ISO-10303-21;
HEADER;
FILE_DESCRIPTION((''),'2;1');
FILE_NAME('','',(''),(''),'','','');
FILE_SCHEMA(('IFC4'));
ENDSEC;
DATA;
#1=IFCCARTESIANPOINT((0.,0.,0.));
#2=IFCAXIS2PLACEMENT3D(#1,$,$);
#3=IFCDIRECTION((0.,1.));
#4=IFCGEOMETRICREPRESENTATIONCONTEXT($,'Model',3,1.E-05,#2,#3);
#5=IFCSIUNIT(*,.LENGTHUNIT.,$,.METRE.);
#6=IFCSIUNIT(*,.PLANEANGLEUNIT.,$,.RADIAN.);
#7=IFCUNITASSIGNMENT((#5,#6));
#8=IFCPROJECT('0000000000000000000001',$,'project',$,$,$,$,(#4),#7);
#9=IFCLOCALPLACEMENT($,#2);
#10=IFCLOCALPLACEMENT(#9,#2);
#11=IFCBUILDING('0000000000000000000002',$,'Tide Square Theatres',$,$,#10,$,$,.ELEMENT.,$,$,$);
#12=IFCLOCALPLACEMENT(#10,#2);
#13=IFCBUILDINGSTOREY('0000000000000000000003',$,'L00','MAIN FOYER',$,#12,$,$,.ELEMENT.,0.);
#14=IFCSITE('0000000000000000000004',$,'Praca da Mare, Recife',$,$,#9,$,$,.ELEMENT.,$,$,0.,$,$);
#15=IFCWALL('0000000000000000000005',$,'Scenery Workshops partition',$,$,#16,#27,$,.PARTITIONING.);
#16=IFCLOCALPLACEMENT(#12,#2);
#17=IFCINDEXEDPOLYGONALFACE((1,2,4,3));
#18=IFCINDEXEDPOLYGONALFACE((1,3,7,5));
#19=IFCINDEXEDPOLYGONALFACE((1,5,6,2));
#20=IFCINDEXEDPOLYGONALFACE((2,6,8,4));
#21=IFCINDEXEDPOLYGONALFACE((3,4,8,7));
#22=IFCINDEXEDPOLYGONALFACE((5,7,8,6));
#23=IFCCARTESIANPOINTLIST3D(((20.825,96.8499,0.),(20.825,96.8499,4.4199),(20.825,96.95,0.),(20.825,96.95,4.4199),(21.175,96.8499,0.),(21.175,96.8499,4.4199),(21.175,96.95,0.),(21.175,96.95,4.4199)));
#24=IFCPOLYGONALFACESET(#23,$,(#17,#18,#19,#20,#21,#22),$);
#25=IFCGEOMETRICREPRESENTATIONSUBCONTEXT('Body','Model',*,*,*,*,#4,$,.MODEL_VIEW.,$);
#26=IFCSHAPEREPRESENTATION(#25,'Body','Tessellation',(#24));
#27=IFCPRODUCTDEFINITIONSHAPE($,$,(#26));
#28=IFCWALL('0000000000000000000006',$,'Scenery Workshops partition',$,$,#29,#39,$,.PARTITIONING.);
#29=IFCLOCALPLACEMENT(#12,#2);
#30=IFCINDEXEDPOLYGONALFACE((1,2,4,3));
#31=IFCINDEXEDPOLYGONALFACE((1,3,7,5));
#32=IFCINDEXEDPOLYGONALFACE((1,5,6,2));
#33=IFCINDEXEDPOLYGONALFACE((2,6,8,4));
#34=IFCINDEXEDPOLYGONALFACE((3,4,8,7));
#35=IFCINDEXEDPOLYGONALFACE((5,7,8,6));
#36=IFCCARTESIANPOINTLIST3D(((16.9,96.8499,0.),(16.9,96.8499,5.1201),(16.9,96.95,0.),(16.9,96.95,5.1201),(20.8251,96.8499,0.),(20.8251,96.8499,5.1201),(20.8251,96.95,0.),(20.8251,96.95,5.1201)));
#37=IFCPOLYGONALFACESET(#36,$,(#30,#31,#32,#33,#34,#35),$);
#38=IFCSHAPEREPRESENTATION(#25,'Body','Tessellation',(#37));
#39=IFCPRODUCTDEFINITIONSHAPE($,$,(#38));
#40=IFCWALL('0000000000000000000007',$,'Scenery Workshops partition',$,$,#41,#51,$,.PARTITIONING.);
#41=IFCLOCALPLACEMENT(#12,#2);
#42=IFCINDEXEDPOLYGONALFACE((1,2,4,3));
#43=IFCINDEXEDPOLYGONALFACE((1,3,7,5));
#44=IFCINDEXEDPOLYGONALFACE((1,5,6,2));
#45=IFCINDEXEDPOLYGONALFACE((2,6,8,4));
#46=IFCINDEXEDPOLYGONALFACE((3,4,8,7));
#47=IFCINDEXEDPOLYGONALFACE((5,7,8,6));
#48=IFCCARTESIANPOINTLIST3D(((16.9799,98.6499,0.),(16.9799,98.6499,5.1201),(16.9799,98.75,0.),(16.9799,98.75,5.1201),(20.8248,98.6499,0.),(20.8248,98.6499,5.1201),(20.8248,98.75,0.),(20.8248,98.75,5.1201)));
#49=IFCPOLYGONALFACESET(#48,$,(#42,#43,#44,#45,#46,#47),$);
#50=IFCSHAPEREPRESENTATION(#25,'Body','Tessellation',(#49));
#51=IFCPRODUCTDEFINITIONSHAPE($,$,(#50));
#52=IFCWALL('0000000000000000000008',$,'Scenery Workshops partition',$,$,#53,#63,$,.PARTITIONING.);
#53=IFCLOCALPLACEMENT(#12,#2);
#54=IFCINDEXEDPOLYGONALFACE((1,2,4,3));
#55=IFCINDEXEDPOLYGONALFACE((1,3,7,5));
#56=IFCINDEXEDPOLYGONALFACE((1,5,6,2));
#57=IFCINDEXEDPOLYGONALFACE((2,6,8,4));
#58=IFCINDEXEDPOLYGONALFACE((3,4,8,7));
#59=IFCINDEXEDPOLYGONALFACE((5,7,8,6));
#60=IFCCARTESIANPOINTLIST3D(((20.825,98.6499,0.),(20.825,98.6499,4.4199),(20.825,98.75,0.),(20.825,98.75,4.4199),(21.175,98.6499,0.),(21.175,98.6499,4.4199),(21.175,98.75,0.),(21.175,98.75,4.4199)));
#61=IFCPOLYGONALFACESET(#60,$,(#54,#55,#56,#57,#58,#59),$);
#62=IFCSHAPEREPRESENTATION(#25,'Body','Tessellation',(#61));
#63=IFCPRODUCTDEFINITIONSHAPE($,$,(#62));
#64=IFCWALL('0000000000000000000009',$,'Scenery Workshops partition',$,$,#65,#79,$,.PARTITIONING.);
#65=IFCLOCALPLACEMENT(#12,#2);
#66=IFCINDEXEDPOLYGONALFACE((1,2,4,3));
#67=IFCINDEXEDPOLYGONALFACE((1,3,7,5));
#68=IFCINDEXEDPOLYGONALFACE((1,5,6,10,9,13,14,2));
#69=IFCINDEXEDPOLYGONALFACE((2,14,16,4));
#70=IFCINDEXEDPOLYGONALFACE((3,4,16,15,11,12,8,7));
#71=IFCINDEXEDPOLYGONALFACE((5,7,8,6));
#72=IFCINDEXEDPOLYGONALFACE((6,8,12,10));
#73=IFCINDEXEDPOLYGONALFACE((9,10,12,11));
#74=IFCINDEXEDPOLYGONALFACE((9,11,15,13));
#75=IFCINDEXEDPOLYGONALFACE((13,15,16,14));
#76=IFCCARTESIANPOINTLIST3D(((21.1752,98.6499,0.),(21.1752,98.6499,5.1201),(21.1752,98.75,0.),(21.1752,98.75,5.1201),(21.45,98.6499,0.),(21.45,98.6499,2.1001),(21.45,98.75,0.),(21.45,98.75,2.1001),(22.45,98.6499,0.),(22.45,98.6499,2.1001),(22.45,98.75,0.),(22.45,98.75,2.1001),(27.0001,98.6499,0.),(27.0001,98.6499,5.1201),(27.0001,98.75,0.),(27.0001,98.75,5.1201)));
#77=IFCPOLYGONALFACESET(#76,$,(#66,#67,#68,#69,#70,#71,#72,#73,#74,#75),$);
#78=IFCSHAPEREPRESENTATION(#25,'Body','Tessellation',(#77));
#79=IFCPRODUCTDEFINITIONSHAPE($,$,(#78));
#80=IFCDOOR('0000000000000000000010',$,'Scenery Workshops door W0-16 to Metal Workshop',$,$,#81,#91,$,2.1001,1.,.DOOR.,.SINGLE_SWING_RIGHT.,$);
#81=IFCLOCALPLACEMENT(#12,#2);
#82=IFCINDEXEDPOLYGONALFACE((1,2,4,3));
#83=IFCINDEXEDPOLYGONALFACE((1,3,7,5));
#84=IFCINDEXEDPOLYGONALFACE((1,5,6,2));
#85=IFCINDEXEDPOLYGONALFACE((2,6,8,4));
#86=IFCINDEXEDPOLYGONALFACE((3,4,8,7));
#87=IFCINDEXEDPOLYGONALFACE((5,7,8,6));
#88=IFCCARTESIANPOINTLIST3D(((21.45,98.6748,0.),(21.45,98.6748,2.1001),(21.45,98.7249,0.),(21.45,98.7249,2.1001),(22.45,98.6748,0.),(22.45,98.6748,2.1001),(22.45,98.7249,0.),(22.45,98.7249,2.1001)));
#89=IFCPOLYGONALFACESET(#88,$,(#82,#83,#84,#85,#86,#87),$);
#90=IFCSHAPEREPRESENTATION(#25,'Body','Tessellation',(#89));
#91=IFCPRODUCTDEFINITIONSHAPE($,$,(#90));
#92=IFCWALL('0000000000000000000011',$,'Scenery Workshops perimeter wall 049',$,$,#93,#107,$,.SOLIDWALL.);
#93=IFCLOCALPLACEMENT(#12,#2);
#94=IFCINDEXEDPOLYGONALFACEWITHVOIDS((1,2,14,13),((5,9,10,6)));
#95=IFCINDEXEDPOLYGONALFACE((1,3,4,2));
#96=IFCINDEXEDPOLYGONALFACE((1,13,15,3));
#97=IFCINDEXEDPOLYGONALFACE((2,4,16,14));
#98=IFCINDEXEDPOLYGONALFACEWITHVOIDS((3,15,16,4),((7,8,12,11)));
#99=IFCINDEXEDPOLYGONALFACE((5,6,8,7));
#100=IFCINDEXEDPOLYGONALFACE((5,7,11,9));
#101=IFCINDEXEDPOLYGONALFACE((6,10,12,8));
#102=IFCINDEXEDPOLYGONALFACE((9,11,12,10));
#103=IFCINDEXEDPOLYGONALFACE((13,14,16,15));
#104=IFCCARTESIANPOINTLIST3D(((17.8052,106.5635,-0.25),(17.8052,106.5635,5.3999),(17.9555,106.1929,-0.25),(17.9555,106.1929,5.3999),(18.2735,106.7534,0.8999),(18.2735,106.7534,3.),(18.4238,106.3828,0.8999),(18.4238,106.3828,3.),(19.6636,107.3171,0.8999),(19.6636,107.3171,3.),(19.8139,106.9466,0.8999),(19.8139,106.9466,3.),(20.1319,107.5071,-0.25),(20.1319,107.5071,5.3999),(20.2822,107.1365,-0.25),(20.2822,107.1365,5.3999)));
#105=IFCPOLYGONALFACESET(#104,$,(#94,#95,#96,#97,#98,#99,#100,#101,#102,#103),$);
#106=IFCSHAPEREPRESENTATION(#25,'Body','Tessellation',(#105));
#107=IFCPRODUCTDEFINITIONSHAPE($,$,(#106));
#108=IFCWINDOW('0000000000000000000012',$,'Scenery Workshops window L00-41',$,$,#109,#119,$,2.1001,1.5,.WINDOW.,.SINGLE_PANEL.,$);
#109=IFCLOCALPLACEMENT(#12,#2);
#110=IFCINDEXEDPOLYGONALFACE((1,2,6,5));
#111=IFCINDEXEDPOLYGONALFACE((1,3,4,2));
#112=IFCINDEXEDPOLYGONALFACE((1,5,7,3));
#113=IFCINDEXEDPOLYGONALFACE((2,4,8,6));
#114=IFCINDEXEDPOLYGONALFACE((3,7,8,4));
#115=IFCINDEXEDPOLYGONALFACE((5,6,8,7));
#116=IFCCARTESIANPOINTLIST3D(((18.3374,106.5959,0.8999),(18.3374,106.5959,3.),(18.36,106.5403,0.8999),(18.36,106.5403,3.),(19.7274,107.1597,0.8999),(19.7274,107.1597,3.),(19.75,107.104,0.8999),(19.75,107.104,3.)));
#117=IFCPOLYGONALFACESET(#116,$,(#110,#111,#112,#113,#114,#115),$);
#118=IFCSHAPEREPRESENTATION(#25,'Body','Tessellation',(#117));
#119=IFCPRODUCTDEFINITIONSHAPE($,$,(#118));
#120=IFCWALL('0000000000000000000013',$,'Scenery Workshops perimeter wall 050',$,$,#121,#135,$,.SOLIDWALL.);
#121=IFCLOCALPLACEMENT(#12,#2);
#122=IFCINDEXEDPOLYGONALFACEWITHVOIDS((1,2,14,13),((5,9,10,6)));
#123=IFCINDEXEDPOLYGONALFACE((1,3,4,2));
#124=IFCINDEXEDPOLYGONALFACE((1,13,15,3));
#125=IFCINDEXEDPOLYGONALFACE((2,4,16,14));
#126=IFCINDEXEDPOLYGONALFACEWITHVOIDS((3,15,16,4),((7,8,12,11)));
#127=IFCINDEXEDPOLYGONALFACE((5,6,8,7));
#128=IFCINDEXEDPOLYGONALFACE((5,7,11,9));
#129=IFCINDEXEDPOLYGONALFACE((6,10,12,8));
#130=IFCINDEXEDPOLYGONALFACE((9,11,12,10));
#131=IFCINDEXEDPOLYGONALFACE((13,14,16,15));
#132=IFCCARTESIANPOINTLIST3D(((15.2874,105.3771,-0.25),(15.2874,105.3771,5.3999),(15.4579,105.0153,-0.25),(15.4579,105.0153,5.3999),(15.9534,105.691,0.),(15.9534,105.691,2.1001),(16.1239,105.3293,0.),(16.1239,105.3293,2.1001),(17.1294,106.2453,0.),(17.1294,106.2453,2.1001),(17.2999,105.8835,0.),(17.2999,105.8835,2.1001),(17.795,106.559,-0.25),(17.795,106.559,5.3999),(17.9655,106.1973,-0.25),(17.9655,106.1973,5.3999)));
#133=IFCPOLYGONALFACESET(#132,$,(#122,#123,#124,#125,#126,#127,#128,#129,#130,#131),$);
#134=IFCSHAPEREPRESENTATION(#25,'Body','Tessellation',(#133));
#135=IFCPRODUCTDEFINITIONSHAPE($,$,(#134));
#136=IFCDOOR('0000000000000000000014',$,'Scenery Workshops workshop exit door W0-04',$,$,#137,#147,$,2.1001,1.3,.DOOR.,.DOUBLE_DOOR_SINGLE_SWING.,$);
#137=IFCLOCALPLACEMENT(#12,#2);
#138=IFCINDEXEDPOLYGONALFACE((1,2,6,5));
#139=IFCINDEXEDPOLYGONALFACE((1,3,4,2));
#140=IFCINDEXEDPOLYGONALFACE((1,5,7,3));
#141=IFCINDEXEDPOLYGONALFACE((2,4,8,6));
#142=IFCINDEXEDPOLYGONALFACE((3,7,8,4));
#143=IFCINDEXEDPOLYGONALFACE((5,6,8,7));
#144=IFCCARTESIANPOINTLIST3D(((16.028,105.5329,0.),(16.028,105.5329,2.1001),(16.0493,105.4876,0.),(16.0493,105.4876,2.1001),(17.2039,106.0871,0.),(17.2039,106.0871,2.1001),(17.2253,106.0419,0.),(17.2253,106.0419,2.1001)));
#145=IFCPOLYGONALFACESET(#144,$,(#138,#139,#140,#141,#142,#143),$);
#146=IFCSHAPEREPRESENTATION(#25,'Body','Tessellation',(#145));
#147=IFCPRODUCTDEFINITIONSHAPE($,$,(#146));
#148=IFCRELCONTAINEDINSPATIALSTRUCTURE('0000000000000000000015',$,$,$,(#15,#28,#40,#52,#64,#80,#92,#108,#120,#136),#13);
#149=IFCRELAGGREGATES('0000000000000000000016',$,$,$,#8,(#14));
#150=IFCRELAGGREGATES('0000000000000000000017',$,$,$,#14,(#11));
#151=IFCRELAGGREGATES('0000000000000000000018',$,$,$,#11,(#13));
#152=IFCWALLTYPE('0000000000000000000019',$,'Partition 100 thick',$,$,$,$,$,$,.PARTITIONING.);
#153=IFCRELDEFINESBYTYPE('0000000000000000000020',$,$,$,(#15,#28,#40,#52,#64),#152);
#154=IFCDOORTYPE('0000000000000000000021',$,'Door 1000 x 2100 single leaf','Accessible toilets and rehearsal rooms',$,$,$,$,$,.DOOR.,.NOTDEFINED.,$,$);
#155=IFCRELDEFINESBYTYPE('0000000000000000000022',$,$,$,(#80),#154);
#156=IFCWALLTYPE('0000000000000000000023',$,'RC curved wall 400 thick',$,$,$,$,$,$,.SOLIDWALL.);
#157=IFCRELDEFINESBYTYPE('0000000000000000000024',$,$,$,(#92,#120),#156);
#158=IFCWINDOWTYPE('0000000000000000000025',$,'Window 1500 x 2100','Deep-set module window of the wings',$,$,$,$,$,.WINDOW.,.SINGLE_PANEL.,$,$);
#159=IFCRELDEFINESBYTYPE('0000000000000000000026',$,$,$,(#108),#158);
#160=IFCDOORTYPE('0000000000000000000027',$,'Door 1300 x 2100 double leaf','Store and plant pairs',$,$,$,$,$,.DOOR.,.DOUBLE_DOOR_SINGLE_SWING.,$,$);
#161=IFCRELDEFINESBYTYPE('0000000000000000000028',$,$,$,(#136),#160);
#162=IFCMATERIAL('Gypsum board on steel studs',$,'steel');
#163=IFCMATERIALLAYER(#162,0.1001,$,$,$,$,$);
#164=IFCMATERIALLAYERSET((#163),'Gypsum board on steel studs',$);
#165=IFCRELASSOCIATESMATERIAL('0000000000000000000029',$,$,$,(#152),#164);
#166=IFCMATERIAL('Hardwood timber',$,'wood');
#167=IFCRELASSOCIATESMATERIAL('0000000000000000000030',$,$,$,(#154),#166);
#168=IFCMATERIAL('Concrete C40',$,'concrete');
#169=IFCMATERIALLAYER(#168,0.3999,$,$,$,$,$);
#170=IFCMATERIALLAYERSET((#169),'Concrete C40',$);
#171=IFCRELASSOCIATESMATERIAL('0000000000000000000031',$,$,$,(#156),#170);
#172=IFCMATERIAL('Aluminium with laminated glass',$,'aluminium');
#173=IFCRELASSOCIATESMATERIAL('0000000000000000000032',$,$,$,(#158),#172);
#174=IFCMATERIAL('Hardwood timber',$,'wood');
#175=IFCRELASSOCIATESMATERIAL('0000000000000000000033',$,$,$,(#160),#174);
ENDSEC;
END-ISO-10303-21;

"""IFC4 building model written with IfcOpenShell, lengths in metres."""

from ifc_helpers import new_model, si_unit, direction, frame, frame_2d, origin, place, context, subcontext, project, spatial, rectangle, extrude, material, layer, layer_set, type_object, element, fill, save


model = new_model("IFC4")

# Units and contexts
model_context = context("Model", 3, precision=1e-05, world=origin(), true_north=direction((0.0, 1.0)))
body_context = subcontext(model_context, "Body", "Model", "MODEL_VIEW")
ifc_project = project(units=[si_unit("LENGTHUNIT", "METRE"), si_unit("PLANEANGLEUNIT", "RADIAN")], contexts=[model_context])

# Site, building, storey
site_placement = place(None, origin())
site = spatial("IfcSite", under=ifc_project, at=site_placement, Name="Praca da Mare, Recife", CompositionType="ELEMENT", RefElevation=0.0)
building_placement = place(site_placement, origin())
building = spatial("IfcBuilding", under=site, at=building_placement, Name="Tide Square Theatres", CompositionType="ELEMENT")
storey_placement = place(building_placement, origin())
storey = spatial("IfcBuildingStorey", under=building, at=storey_placement, Name="L00", Description="MAIN FOYER", CompositionType="ELEMENT", Elevation=0.0)

# Shared definitions
ifc_material_1 = material(Name="Gypsum board on steel studs", Category="steel")
ifc_layer_1 = layer(ifc_material_1, 0.1001)
ifc_layer_set_1 = layer_set([ifc_layer_1], Name="Gypsum board on steel studs")
wall_type_1 = type_object("IfcWallType", Name="Partition 100 thick", PredefinedType="PARTITIONING", material=ifc_layer_set_1)
ifc_material_2 = material(Name="Hardwood timber", Category="wood")
door_type_1 = type_object("IfcDoorType", Name="Door 1000 x 2100 single leaf", Description="Accessible toilets and rehearsal rooms", OperationType="NOTDEFINED", PredefinedType="DOOR", material=ifc_material_2)

# Walls
wall_1_placement = place(storey_placement, frame((21.175, 96.8999, 0.0), z_axis=(0.0, 0.0, 1.0), x_axis=(-1.0, 0.0, 0.0)))
element("IfcWall", 1, at=wall_1_placement, inside=storey, type_object=wall_type_1, Name="Scenery Workshops partition", PredefinedType="PARTITIONING", context=body_context, shape_type="SweptSolid", body=[
    extrude(rectangle(XDim=0.3501, YDim=0.1001, at=frame_2d((0.175, 0.0))), origin(), (0.0, 0.0, 1.0), 4.4199),
])
wall_2_placement = place(storey_placement, frame((20.825, 96.8999, 0.0), z_axis=(0.0, 0.0, 1.0), x_axis=(-1.0, 0.0, 0.0)))
element("IfcWall", 2, at=wall_2_placement, inside=storey, type_object=wall_type_1, Name="Scenery Workshops partition", PredefinedType="PARTITIONING", context=body_context, shape_type="SweptSolid", body=[
    extrude(rectangle(XDim=3.925, YDim=0.1001, at=frame_2d((1.9624, 0.0))), origin(), (0.0, 0.0, 1.0), 5.1201),
])
wall_3_placement = place(storey_placement, frame((16.98, 98.7, 0.0), z_axis=(0.0, 0.0, 1.0), x_axis=(1.0, 0.0, 0.0)))
element("IfcWall", 3, at=wall_3_placement, inside=storey, type_object=wall_type_1, Name="Scenery Workshops partition", PredefinedType="PARTITIONING", context=body_context, shape_type="SweptSolid", body=[
    extrude(rectangle(XDim=3.845, YDim=0.1001, at=frame_2d((1.9224, 0.0))), origin(), (0.0, 0.0, 1.0), 5.1201),
])
wall_4_placement = place(storey_placement, frame((20.825, 98.7, 0.0), z_axis=(0.0, 0.0, 1.0), x_axis=(1.0, 0.0, 0.0)))
element("IfcWall", 4, at=wall_4_placement, inside=storey, type_object=wall_type_1, Name="Scenery Workshops partition", PredefinedType="PARTITIONING", context=body_context, shape_type="SweptSolid", body=[
    extrude(rectangle(XDim=0.3501, YDim=0.1001, at=frame_2d((0.175, 0.0))), origin(), (0.0, 0.0, 1.0), 4.4199),
])

# Wall, opening, door
wall_5_placement = place(storey_placement, frame((21.175, 98.7, 0.0), z_axis=(0.0, 0.0, 1.0), x_axis=(1.0, 0.0, 0.0)))
wall_5 = element("IfcWall", 5, at=wall_5_placement, inside=storey, type_object=wall_type_1, Name="Scenery Workshops partition", PredefinedType="PARTITIONING", context=body_context, shape_type="SweptSolid", body=[
    extrude(rectangle(XDim=5.825, YDim=0.1001, at=frame_2d((2.9126, 0.0))), origin(), (0.0, 0.0, 1.0), 5.1201),
])
opening_1_placement = place(wall_5_placement, frame((0.2749, 0.0, 0.0)))
opening_1 = element("IfcOpeningElement", 6, at=opening_1_placement, cuts=wall_5, PredefinedType="OPENING", context=body_context, shape_type="SweptSolid", body=[
    extrude(rectangle(XDim=1.0, YDim=2.1001, at=frame_2d((0.5, 1.05))), frame((0.0, 0.0601, 0.0), z_axis=(0.0, -1.0, 0.0), x_axis=(1.0, 0.0, 0.0)), (0.0, 0.0, 1.0), 0.1201),
])
door_1_placement = place(opening_1_placement, origin())
door_1 = element("IfcDoor", 7, at=door_1_placement, inside=storey, type_object=door_type_1, Name="Scenery Workshops door W0-16 to Metal Workshop", OperationType="SINGLE_SWING_RIGHT", OverallHeight=2.1001, OverallWidth=1.0, PredefinedType="DOOR", context=body_context, shape_type="SweptSolid", body=[
    extrude(rectangle(XDim=1.0, YDim=2.1001, at=frame_2d((0.5, 1.05))), frame((0.0, 0.0249, 0.0), z_axis=(0.0, -1.0, 0.0), x_axis=(1.0, 0.0, 0.0)), (0.0, 0.0, 1.0), 0.05),
])
fill(opening_1, door_1)

# Wall, opening, window
ifc_material_3 = material(Name="Concrete C40", Category="concrete")
ifc_layer_2 = layer(ifc_material_3, 0.3999)
ifc_layer_set_2 = layer_set([ifc_layer_2], Name="Concrete C40")
wall_type_2 = type_object("IfcWallType", Name="RC curved wall 400 thick", PredefinedType="SOLIDWALL", material=ifc_layer_set_2)
wall_6_placement = place(storey_placement, frame((20.207, 107.3218, -0.25), z_axis=(0.0, 0.0, 1.0), x_axis=(-0.926689, -0.375829, 0.0)))
wall_6 = element("IfcWall", 8, at=wall_6_placement, inside=storey, type_object=wall_type_2, Name="Scenery Workshops perimeter wall 049", PredefinedType="SOLIDWALL", context=body_context, shape_type="SweptSolid", body=[
    extrude(rectangle(XDim=2.5107, YDim=0.3999, at=frame_2d((1.2554, 0.0))), origin(), (0.0, 0.0, 1.0), 5.6499),
])
opening_2_placement = place(wall_6_placement, frame((0.5054, 0.0, 1.1499)))
opening_2 = element("IfcOpeningElement", 9, at=opening_2_placement, cuts=wall_6, PredefinedType="OPENING", context=body_context, shape_type="SweptSolid", body=[
    extrude(rectangle(XDim=1.5, YDim=2.1001, at=frame_2d((0.75, 1.05))), frame((0.0, 0.21, 0.0), z_axis=(0.0, -1.0, 0.0), x_axis=(1.0, 0.0, 0.0)), (0.0, 0.0, 1.0), 0.4199),
])
ifc_material_4 = material(Name="Aluminium with laminated glass", Category="aluminium")
window_type = type_object("IfcWindowType", Name="Window 1500 x 2100", Description="Deep-set module window of the wings", PartitioningType="SINGLE_PANEL", PredefinedType="WINDOW", material=ifc_material_4)
window_placement = place(opening_2_placement, origin())
window = element("IfcWindow", 10, at=window_placement, inside=storey, type_object=window_type, Name="Scenery Workshops window L00-41", OverallHeight=2.1001, OverallWidth=1.5, PartitioningType="SINGLE_PANEL", PredefinedType="WINDOW", context=body_context, shape_type="SweptSolid", body=[
    extrude(rectangle(XDim=1.5, YDim=2.1001, at=frame_2d((0.75, 1.05))), frame((0.0, 0.03, 0.0), z_axis=(0.0, -1.0, 0.0), x_axis=(1.0, 0.0, 0.0)), (0.0, 0.0, 1.0), 0.0601),
])
fill(opening_2, window)

# Wall, opening, door
wall_7_placement = place(storey_placement, frame((17.8804, 106.3782, -0.25), z_axis=(0.0, 0.0, 1.0), x_axis=(-0.904561, -0.426344, 0.0)))
wall_7 = element("IfcWall", 11, at=wall_7_placement, inside=storey, type_object=wall_type_2, Name="Scenery Workshops perimeter wall 050", PredefinedType="SOLIDWALL", context=body_context, shape_type="SweptSolid", body=[
    extrude(rectangle(XDim=2.7722, YDim=0.3999, at=frame_2d((1.3862, 0.0))), origin(), (0.0, 0.0, 1.0), 5.6499),
])
opening_3_placement = place(wall_7_placement, frame((0.7361, 0.0, 0.25)))
opening_3 = element("IfcOpeningElement", 12, at=opening_3_placement, cuts=wall_7, PredefinedType="OPENING", context=body_context, shape_type="SweptSolid", body=[
    extrude(rectangle(XDim=1.3, YDim=2.1001, at=frame_2d((0.6499, 1.05))), frame((0.0, 0.21, 0.0), z_axis=(0.0, -1.0, 0.0), x_axis=(1.0, 0.0, 0.0)), (0.0, 0.0, 1.0), 0.4199),
])
ifc_material_5 = material(Name="Hardwood timber", Category="wood")
door_type_2 = type_object("IfcDoorType", Name="Door 1300 x 2100 double leaf", Description="Store and plant pairs", OperationType="DOUBLE_DOOR_SINGLE_SWING", PredefinedType="DOOR", material=ifc_material_5)
door_2_placement = place(opening_3_placement, origin())
door_2 = element("IfcDoor", 13, at=door_2_placement, inside=storey, type_object=door_type_2, Name="Scenery Workshops workshop exit door W0-04", OperationType="DOUBLE_DOOR_SINGLE_SWING", OverallHeight=2.1001, OverallWidth=1.3, PredefinedType="DOOR", context=body_context, shape_type="SweptSolid", body=[
    extrude(rectangle(XDim=1.3, YDim=2.1001, at=frame_2d((0.6499, 1.05))), frame((0.0, 0.0249, 0.0), z_axis=(0.0, -1.0, 0.0), x_axis=(1.0, 0.0, 0.0)), (0.0, 0.0, 1.0), 0.05),
])
fill(opening_3, door_2)

save(model, "model.ifc")
